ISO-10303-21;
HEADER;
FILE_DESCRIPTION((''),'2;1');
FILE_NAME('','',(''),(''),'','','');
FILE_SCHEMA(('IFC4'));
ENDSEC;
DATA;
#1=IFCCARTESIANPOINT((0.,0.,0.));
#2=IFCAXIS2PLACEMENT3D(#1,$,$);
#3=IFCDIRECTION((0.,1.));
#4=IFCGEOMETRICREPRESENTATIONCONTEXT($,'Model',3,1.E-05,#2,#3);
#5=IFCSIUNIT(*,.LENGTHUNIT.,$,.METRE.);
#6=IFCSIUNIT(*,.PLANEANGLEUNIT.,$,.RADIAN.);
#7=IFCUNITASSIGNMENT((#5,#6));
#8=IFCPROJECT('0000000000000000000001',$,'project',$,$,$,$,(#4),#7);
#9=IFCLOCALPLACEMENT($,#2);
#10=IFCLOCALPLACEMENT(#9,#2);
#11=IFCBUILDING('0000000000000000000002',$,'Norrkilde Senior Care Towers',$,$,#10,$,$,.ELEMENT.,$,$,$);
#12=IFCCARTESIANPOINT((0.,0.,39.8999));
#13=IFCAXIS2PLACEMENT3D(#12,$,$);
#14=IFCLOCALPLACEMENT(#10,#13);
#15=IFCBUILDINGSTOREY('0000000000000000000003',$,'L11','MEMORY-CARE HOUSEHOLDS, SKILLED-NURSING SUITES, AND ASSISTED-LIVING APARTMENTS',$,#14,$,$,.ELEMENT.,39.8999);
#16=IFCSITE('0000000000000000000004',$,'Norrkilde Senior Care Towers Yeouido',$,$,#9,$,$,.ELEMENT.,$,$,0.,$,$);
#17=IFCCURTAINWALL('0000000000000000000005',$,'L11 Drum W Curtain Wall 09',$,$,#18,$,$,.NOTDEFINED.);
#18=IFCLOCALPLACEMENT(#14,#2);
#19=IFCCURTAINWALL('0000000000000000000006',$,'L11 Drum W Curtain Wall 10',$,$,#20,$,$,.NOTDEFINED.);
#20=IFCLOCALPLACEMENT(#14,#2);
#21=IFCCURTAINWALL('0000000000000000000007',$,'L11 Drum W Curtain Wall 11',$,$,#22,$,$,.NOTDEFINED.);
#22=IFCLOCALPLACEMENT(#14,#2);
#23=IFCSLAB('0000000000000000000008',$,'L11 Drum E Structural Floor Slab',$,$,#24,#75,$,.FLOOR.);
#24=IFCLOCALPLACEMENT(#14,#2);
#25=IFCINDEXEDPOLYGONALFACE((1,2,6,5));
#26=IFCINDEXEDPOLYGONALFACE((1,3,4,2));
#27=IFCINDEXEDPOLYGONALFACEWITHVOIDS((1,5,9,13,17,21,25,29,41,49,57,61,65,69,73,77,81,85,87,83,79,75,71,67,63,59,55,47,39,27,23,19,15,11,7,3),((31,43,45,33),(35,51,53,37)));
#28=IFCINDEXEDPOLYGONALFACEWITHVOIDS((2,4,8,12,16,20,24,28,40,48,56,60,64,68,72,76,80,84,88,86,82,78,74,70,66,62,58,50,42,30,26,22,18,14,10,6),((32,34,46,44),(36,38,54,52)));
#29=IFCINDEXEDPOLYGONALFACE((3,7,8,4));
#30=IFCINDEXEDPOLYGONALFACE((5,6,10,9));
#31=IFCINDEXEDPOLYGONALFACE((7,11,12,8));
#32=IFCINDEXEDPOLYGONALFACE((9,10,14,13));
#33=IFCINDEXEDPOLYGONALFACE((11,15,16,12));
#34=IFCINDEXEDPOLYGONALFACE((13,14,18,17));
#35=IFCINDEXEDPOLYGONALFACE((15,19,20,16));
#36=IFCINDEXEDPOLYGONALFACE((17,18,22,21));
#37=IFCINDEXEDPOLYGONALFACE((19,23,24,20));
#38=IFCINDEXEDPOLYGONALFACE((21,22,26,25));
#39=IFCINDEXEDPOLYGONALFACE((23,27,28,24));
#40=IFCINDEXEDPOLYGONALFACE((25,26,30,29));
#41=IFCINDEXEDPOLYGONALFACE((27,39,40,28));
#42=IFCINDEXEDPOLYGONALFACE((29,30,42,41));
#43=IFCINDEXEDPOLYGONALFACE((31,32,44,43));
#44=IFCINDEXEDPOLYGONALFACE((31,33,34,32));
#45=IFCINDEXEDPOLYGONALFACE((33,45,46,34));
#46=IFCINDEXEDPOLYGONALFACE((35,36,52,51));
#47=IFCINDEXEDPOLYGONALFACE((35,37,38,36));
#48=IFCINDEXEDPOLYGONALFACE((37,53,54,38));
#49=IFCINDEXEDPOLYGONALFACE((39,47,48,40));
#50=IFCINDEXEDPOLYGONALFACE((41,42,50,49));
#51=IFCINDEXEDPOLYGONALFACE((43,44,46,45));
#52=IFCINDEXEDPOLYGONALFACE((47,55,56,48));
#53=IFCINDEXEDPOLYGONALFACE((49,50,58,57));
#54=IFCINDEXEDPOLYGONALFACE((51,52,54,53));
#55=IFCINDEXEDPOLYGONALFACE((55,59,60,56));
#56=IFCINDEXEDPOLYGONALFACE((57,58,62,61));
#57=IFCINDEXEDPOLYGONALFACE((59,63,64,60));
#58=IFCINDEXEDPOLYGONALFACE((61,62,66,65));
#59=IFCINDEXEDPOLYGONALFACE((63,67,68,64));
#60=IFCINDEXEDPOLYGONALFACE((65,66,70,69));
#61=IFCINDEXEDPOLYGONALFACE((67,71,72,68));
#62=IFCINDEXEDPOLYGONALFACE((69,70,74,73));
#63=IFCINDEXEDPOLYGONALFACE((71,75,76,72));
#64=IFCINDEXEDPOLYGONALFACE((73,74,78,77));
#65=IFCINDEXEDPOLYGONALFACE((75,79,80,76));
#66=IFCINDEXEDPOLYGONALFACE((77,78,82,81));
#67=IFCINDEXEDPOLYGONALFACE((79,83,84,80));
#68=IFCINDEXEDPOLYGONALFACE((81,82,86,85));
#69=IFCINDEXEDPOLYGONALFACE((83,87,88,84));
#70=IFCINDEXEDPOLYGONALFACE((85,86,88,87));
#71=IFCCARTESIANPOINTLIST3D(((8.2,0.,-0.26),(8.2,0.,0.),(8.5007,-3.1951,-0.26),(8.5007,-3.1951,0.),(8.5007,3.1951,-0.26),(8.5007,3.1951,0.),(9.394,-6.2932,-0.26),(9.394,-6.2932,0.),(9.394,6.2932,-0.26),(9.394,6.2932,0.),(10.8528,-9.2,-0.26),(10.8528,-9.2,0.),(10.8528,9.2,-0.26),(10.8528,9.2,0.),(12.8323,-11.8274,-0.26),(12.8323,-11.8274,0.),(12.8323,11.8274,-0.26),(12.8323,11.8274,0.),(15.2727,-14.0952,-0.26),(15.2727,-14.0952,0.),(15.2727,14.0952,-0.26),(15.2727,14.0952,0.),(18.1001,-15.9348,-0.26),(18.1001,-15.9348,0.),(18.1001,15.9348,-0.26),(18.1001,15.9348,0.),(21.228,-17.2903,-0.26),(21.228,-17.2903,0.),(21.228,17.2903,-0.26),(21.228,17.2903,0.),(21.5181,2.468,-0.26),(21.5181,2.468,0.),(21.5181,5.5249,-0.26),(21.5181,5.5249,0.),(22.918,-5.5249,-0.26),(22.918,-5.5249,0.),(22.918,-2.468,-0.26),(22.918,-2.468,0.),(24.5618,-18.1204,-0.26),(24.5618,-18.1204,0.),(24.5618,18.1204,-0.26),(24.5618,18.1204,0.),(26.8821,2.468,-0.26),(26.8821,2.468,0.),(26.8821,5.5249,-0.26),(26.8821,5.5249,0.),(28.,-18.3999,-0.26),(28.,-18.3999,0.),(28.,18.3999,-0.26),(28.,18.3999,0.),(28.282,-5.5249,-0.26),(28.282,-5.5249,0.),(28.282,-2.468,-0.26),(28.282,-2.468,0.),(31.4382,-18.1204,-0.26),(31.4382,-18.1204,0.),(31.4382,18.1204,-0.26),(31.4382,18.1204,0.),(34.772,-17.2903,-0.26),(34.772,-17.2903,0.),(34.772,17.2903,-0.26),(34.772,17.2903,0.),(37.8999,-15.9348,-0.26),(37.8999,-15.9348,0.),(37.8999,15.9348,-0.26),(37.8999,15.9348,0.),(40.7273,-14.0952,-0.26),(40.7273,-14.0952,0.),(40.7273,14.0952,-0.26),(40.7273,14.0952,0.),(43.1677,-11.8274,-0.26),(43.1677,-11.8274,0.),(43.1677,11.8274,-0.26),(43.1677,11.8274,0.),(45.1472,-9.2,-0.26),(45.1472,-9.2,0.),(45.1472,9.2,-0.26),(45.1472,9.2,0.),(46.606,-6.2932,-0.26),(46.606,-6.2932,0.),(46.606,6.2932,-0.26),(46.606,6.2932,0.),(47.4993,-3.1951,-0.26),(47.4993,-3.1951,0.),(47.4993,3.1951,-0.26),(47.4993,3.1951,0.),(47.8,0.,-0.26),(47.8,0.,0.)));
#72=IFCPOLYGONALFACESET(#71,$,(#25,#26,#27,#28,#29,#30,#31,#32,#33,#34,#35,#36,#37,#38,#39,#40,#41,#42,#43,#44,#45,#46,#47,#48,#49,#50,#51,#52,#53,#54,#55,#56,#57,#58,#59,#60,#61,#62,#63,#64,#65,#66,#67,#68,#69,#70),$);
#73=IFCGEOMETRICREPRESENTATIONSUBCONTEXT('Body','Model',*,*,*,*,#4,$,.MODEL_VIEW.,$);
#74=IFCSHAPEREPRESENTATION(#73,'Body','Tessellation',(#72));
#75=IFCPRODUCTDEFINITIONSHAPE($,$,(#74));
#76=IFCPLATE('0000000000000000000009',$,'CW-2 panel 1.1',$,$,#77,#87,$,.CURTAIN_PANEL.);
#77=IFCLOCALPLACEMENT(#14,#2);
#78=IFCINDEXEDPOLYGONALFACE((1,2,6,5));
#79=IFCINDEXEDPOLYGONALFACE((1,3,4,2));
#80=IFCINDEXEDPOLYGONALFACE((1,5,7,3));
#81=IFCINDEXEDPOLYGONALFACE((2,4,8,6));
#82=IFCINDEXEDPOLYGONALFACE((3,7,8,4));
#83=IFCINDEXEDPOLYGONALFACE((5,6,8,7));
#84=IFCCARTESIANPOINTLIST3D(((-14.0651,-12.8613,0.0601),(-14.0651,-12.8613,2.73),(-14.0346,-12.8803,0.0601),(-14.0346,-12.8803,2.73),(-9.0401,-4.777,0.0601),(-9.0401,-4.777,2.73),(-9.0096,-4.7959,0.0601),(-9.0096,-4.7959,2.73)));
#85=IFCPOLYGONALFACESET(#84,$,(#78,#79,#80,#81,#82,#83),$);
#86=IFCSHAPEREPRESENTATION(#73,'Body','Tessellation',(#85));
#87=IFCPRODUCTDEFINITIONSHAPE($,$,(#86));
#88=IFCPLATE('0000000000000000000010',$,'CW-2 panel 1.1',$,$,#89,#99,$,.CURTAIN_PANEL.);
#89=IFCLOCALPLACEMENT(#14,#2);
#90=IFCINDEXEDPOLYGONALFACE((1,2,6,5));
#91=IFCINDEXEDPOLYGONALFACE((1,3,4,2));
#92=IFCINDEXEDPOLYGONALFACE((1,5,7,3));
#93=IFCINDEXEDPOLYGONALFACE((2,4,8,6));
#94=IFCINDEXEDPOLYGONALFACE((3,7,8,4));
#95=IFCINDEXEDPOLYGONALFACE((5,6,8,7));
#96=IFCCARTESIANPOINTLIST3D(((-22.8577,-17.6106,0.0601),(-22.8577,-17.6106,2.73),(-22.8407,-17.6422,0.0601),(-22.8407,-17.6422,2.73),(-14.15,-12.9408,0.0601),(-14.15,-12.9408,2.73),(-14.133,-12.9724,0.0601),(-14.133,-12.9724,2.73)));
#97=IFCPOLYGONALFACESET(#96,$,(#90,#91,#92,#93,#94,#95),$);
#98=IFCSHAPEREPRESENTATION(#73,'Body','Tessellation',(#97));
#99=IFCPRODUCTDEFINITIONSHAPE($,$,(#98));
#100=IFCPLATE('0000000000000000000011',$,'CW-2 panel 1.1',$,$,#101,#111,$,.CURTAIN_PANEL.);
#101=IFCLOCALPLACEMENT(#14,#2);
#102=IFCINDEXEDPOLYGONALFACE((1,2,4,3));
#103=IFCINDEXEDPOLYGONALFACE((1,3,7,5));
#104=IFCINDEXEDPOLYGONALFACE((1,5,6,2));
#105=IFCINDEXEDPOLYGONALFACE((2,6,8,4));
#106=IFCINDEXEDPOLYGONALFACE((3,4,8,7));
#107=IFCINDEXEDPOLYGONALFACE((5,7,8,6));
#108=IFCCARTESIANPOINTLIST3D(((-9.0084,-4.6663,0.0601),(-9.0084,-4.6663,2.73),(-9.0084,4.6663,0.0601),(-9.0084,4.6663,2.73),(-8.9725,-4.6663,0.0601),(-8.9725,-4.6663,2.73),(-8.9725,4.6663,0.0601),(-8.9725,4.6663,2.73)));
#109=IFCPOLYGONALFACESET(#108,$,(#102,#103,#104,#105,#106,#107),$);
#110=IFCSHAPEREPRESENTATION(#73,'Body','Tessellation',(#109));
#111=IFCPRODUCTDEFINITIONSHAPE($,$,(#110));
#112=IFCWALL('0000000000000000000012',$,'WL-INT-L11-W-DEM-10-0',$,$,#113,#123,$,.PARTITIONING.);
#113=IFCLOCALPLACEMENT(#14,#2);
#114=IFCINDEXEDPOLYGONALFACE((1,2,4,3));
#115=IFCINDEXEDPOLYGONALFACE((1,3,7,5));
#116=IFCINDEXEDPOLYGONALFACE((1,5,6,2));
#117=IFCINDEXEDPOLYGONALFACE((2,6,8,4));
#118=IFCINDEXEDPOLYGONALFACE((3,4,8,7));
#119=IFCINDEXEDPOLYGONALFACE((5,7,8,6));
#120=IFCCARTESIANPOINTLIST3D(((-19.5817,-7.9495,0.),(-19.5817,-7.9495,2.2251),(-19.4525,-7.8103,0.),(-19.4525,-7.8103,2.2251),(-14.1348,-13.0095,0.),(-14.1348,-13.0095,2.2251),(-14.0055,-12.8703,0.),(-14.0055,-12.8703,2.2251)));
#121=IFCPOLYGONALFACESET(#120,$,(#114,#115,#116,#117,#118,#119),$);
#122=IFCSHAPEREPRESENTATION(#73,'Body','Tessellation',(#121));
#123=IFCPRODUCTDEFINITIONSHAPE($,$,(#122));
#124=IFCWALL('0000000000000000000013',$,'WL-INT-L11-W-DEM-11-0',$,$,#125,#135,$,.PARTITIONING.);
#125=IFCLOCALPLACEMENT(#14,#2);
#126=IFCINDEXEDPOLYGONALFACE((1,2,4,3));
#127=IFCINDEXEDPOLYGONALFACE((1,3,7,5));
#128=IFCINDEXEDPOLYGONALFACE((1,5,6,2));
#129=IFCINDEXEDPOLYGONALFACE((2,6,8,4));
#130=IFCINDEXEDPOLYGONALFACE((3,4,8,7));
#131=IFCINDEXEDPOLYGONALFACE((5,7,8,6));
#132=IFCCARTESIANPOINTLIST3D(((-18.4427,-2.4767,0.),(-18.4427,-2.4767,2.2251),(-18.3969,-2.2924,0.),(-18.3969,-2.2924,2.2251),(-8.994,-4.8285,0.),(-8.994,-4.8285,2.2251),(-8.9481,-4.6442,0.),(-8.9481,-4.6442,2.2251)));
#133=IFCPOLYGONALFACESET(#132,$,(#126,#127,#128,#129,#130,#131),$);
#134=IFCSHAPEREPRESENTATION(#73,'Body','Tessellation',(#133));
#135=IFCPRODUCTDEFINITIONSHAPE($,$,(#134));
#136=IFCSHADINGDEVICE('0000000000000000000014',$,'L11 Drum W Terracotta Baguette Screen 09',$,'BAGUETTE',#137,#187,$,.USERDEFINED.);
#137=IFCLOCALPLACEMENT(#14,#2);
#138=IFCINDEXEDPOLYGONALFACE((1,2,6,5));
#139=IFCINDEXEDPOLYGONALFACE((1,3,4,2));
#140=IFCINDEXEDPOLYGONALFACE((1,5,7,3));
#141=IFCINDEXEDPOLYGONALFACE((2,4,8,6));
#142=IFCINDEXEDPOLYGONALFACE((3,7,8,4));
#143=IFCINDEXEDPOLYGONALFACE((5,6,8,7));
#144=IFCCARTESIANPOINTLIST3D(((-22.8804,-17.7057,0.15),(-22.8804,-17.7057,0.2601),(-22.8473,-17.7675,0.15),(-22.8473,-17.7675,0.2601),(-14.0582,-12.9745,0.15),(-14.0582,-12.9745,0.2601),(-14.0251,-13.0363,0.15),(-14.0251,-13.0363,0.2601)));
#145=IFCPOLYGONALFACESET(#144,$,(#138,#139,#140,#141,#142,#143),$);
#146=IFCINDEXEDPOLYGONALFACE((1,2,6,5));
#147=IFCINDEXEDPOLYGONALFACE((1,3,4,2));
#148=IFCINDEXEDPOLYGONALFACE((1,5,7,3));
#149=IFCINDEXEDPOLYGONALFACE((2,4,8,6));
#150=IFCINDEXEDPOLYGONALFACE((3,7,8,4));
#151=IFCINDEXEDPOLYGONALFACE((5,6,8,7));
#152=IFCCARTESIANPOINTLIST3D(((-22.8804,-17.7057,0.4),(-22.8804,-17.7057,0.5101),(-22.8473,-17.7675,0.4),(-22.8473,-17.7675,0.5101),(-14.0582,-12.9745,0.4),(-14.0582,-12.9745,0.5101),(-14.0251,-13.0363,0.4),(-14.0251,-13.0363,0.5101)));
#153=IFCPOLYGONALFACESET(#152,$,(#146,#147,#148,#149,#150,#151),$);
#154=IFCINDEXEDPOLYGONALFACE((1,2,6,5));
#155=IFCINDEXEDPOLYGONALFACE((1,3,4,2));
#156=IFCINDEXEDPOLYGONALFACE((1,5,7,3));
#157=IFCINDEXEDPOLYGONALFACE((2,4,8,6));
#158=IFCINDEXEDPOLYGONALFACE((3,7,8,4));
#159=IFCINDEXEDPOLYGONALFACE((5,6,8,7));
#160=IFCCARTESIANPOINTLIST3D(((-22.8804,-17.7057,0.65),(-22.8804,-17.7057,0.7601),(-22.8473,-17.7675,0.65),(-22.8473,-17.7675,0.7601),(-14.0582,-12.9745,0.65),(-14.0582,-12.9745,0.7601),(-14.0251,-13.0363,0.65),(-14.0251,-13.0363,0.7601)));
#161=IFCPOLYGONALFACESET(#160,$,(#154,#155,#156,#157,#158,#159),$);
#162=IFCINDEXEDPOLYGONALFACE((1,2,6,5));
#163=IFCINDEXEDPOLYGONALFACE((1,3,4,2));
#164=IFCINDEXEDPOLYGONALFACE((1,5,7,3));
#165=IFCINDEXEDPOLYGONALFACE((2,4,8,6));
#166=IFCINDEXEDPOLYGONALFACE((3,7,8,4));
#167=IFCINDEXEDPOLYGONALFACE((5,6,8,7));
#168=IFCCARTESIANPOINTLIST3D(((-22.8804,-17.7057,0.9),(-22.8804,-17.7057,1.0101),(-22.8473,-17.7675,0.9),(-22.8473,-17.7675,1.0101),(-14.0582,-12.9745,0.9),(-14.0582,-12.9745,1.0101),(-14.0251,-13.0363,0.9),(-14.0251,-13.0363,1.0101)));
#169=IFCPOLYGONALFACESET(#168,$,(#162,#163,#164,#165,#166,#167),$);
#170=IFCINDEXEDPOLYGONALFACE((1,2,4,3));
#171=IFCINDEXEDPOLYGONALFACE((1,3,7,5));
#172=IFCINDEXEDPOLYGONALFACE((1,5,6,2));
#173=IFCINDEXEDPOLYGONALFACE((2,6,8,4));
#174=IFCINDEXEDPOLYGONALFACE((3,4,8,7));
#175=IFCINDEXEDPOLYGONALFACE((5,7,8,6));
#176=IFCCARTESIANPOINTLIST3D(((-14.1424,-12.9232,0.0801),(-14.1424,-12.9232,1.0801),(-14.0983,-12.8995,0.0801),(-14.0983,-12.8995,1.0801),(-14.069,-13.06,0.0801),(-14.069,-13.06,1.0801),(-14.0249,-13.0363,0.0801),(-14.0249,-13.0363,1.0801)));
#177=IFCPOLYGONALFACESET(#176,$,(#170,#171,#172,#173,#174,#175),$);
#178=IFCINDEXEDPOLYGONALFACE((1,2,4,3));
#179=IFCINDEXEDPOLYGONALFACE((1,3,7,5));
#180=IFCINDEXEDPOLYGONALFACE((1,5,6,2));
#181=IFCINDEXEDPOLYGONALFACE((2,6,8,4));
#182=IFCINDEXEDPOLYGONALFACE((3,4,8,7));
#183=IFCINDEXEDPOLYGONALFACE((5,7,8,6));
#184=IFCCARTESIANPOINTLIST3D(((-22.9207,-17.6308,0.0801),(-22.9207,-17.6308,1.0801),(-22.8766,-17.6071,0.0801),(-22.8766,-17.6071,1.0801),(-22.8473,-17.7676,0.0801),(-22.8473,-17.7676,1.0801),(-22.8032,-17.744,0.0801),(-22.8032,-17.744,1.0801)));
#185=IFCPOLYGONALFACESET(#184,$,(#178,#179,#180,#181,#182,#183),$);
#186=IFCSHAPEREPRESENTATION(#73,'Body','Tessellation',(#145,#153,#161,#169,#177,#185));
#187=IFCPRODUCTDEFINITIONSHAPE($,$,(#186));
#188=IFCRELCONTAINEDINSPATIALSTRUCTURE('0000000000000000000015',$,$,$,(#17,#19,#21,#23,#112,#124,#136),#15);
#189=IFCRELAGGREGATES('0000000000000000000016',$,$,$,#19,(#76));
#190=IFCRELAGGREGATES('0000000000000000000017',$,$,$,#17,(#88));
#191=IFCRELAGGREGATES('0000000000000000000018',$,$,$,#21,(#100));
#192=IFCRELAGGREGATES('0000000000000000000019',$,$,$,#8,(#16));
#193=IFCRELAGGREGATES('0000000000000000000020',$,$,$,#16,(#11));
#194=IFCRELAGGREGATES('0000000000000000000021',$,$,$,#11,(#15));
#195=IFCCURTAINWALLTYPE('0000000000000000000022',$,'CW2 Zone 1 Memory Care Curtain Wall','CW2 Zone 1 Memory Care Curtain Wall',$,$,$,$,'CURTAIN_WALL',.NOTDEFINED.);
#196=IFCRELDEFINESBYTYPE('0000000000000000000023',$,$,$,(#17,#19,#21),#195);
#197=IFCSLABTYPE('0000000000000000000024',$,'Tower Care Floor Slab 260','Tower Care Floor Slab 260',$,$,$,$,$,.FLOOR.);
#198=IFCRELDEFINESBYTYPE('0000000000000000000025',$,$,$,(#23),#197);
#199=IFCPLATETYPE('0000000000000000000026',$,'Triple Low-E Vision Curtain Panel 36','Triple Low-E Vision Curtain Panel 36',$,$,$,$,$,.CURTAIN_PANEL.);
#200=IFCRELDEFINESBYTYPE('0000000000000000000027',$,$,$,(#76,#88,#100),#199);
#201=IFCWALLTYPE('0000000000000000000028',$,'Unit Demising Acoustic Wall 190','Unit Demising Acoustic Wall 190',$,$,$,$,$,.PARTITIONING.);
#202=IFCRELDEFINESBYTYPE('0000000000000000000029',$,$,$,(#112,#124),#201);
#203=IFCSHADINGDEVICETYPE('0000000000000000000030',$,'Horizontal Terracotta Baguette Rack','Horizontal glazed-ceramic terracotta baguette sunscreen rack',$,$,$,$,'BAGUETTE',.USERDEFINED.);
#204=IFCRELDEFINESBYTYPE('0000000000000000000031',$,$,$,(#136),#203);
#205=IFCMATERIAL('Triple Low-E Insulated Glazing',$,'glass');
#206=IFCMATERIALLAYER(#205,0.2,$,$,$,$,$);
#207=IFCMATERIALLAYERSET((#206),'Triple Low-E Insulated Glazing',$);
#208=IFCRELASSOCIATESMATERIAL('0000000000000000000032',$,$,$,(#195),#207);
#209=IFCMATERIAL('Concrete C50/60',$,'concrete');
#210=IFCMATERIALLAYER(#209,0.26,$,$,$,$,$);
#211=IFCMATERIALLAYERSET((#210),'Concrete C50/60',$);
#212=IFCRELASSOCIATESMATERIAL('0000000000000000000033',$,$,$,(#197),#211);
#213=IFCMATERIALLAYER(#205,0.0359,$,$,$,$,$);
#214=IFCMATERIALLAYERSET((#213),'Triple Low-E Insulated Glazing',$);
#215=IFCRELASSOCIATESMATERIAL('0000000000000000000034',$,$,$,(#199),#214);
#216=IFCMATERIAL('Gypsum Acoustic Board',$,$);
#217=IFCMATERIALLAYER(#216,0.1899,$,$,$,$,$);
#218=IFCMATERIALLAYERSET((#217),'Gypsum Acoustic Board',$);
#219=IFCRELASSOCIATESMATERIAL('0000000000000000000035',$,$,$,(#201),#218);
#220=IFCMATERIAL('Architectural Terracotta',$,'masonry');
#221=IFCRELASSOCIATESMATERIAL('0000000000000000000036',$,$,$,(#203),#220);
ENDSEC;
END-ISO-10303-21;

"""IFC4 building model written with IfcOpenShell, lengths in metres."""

from ifc_helpers import new_model, si_unit, direction, frame, frame_2d, origin, origin_2d, place, context, subcontext, project, spatial, polyline, rectangle, outline, extrude, source, transform, mapped, material, layer, layer_set, type_object, type_shapes, element, aggregate, save


model = new_model("IFC4")

# Units and contexts
model_context = context("Model", 3, precision=1e-05, world=origin(), true_north=direction((0.0, 1.0)))
body_context = subcontext(model_context, "Body", "Model", "MODEL_VIEW")
ifc_project = project(units=[si_unit("LENGTHUNIT", "METRE"), si_unit("PLANEANGLEUNIT", "RADIAN")], contexts=[model_context])

# Site, building, storey
site_placement = place(None, origin())
site = spatial("IfcSite", under=ifc_project, at=site_placement, Name="Norrkilde Senior Care Towers Yeouido", CompositionType="ELEMENT", RefElevation=0.0)
building_placement = place(site_placement, origin())
building = spatial("IfcBuilding", under=site, at=building_placement, Name="Norrkilde Senior Care Towers", CompositionType="ELEMENT")
storey_placement = place(building_placement, frame((0.0, 0.0, 39.8999)))
storey = spatial("IfcBuildingStorey", under=building, at=storey_placement, Name="L11", Description="MEMORY-CARE HOUSEHOLDS, SKILLED-NURSING SUITES, AND ASSISTED-LIVING APARTMENTS", CompositionType="ELEMENT", Elevation=39.8999)

# Curtain wall
ifc_material_1 = material(Name="Triple Low-E Insulated Glazing", Category="glass")
ifc_layer_1 = layer(ifc_material_1, 0.2)
ifc_layer_set_1 = layer_set([ifc_layer_1], Name="Triple Low-E Insulated Glazing")
curtain_wall_type = type_object("IfcCurtainWallType", Name="CW2 Zone 1 Memory Care Curtain Wall", Description="CW2 Zone 1 Memory Care Curtain Wall", ElementType="CURTAIN_WALL", PredefinedType="NOTDEFINED", material=ifc_layer_set_1)
curtain_wall_1_placement = place(storey_placement, origin())
curtain_wall_1 = element("IfcCurtainWall", 1, at=curtain_wall_1_placement, inside=storey, type_object=curtain_wall_type, Name="L11 Drum W Curtain Wall 09", PredefinedType="NOTDEFINED")

# Curtain wall
curtain_wall_2_placement = place(storey_placement, origin())
curtain_wall_2 = element("IfcCurtainWall", 2, at=curtain_wall_2_placement, inside=storey, type_object=curtain_wall_type, Name="L11 Drum W Curtain Wall 10", PredefinedType="NOTDEFINED")

# Curtain wall
curtain_wall_3_placement = place(storey_placement, origin())
curtain_wall_3 = element("IfcCurtainWall", 3, at=curtain_wall_3_placement, inside=storey, type_object=curtain_wall_type, Name="L11 Drum W Curtain Wall 11", PredefinedType="NOTDEFINED")

# Slab
ifc_material_2 = material(Name="Concrete C50/60", Category="concrete")
ifc_layer_2 = layer(ifc_material_2, 0.26)
ifc_layer_set_2 = layer_set([ifc_layer_2], Name="Concrete C50/60")
slab_type_1 = type_object("IfcSlabType", Name="Tower Care Floor Slab 260", Description="Tower Care Floor Slab 260", PredefinedType="FLOOR", material=ifc_layer_set_2)
slab_1_placement = place(storey_placement, frame((0.0, 0.0, -0.26)))
element("IfcSlab", 4, at=slab_1_placement, inside=storey, type_object=slab_type_1, Name="L11 Drum E Structural Floor Slab", PredefinedType="FLOOR", context=body_context, shape_type="SweptSolid", body=[
    extrude(outline(polyline([(46.606, -6.2932), (45.1472, -9.2), (43.1677, -11.8274), (40.7273, -14.0952), (37.8999, -15.9348), (34.772, -17.2903), (31.4382, -18.1204), (28.0, -18.3999), (24.5618, -18.1204), (21.228, -17.2903), (18.1001, -15.9348), (15.2727, -14.0952), (12.8323, -11.8274), (10.8528, -9.2), (9.394, -6.2932), (8.5007, -3.1951), (8.2, 0.0), (8.5007, 3.1951), (9.394, 6.2932), (10.8528, 9.2), (12.8323, 11.8274), (15.2727, 14.0952), (18.1001, 15.9348), (21.228, 17.2903), (24.5618, 18.1204), (28.0, 18.3999), (31.4382, 18.1204), (34.772, 17.2903), (37.8999, 15.9348), (40.7273, 14.0952), (43.1677, 11.8274), (45.1472, 9.2), (46.606, 6.2932), (47.4993, 3.1951), (47.8, 0.0), (47.4993, -3.1951), (46.606, -6.2932)]), holes=[polyline([(21.5181, 2.468), (26.8821, 2.468), (26.8821, 5.5249), (21.5181, 5.5249), (21.5181, 2.468)]), polyline([(28.282, -5.5249), (28.282, -2.468), (22.918, -2.468), (22.918, -5.5249), (28.282, -5.5249)])]), origin(), (0.0, 0.0, 1.0), 0.26),
])

# Plates
ifc_layer_3 = layer(ifc_material_1, 0.0359)
ifc_layer_set_3 = layer_set([ifc_layer_3], Name="Triple Low-E Insulated Glazing")
plate_type = type_object("IfcPlateType", Name="Triple Low-E Vision Curtain Panel 36", Description="Triple Low-E Vision Curtain Panel 36", PredefinedType="CURTAIN_PANEL", material=ifc_layer_set_3)
shared_shape_1 = source(origin(), body_context, "Body", "SweptSolid", [
    extrude(rectangle(XDim=9.5188, YDim=0.0359, at=origin_2d()), origin(), (0.0, 0.0, 1.0), 2.6699),
])
plate_1_placement = place(storey_placement, frame((-11.5374, -8.8286, 0.0601), z_axis=(0.0, 0.0, 1.0), x_axis=(-0.527901, -0.849306, 0.0)))
plate_1 = element("IfcPlate", 5, at=plate_1_placement, type_object=plate_type, Name="CW-2 panel 1.1", PredefinedType="CURTAIN_PANEL", context=body_context, shape_type="MappedRepresentation", body=[
    mapped(shared_shape_1, transform((0.0, 0.0, 0.0), x_axis=(1.0, 0.0, 0.0), y_axis=(0.0, 1.0, 0.0), z_axis=(0.0, 0.0, 1.0), scale=1.0)),
])
aggregate(curtain_wall_2, [plate_1])
shared_shape_2 = source(origin(), body_context, "Body", "SweptSolid", [
    extrude(rectangle(XDim=9.8809, YDim=0.0359, at=origin_2d()), origin(), (0.0, 0.0, 1.0), 2.6699),
])
plate_2_placement = place(storey_placement, frame((-18.4954, -15.2915, 0.0601), z_axis=(0.0, 0.0, 1.0), x_axis=(-0.881273, -0.472608, 0.0)))
plate_2 = element("IfcPlate", 6, at=plate_2_placement, type_object=plate_type, Name="CW-2 panel 1.1", PredefinedType="CURTAIN_PANEL", context=body_context, shape_type="MappedRepresentation", body=[
    mapped(shared_shape_2, transform((0.0, 0.0, 0.0), x_axis=(1.0, 0.0, 0.0), y_axis=(0.0, 1.0, 0.0), z_axis=(0.0, 0.0, 1.0), scale=1.0)),
])
aggregate(curtain_wall_1, [plate_2])
shared_shape_3 = source(origin(), body_context, "Body", "SweptSolid", [
    extrude(rectangle(XDim=9.3325, YDim=0.0359, at=origin_2d()), origin(), (0.0, 0.0, 1.0), 2.6699),
])
type_shapes(plate_type, [shared_shape_1, shared_shape_2, shared_shape_3])
plate_3_placement = place(storey_placement, frame((-8.9905, 0.0, 0.0601), z_axis=(0.0, 0.0, 1.0), x_axis=(0.0, -1.0, 0.0)))
plate_3 = element("IfcPlate", 7, at=plate_3_placement, type_object=plate_type, Name="CW-2 panel 1.1", PredefinedType="CURTAIN_PANEL", context=body_context, shape_type="MappedRepresentation", body=[
    mapped(shared_shape_3, transform((0.0, 0.0, 0.0), x_axis=(1.0, 0.0, 0.0), y_axis=(0.0, 1.0, 0.0), z_axis=(0.0, 0.0, 1.0), scale=1.0)),
])
aggregate(curtain_wall_3, [plate_3])

# Shared definitions
ifc_material_3 = material(Name="Gypsum Acoustic Board")

# Walls
ifc_layer_4 = layer(ifc_material_3, 0.1899)
ifc_layer_set_4 = layer_set([ifc_layer_4], Name="Gypsum Acoustic Board")
wall_type_1 = type_object("IfcWallType", Name="Unit Demising Acoustic Wall 190", Description="Unit Demising Acoustic Wall 190", PredefinedType="PARTITIONING", material=ifc_layer_set_4)
shared_shape_4 = source(origin(), body_context, "Body", "SweptSolid", [
    extrude(rectangle(XDim=7.4346, YDim=0.1899, at=frame_2d((3.7173, 0.0))), origin(), (0.0, 0.0, 1.0), 2.2251),
])
wall_1_placement = place(storey_placement, frame((-19.5171, -7.8799, 0.0), z_axis=(0.0, 0.0, 1.0), x_axis=(0.732652, -0.680603, 0.0)))
element("IfcWall", 8, at=wall_1_placement, inside=storey, type_object=wall_type_1, Name="WL-INT-L11-W-DEM-10-0", PredefinedType="PARTITIONING", context=body_context, shape_type="MappedRepresentation", body=[
    mapped(shared_shape_4, transform((0.0, 0.0, 0.0), x_axis=(1.0, 0.0, 0.0), y_axis=(0.0, 1.0, 0.0), z_axis=(0.0, 0.0, 1.0), scale=1.0)),
])
shared_shape_5 = source(origin(), body_context, "Body", "SweptSolid", [
    extrude(rectangle(XDim=9.7371, YDim=0.1899, at=frame_2d((4.8687, 0.0))), origin(), (0.0, 0.0, 1.0), 2.2251),
])
type_shapes(wall_type_1, [shared_shape_4, shared_shape_5])
wall_2_placement = place(storey_placement, frame((-18.4199, -2.3845, 0.0), z_axis=(0.0, 0.0, 1.0), x_axis=(0.970393, -0.241533, 0.0)))
element("IfcWall", 9, at=wall_2_placement, inside=storey, type_object=wall_type_1, Name="WL-INT-L11-W-DEM-11-0", PredefinedType="PARTITIONING", context=body_context, shape_type="MappedRepresentation", body=[
    mapped(shared_shape_5, transform((0.0, 0.0, 0.0), x_axis=(1.0, 0.0, 0.0), y_axis=(0.0, 1.0, 0.0), z_axis=(0.0, 0.0, 1.0), scale=1.0)),
])

# Shading device
ifc_material_4 = material(Name="Architectural Terracotta", Category="masonry")
shading_device_type = type_object("IfcShadingDeviceType", Name="Horizontal Terracotta Baguette Rack", Description="Horizontal glazed-ceramic terracotta baguette sunscreen rack", ElementType="BAGUETTE", PredefinedType="USERDEFINED", material=ifc_material_4)
shared_shape_6 = source(origin(), body_context, "Body", "SweptSolid", [
    extrude(rectangle(XDim=0.0701, YDim=0.1101, at=origin_2d()), frame((0.0, 0.0901, 0.125), z_axis=(1.0, 0.0, 0.0), x_axis=(0.0, 1.0, 0.0)), (0.0, 0.0, 1.0), 10.0107),
    extrude(rectangle(XDim=0.0701, YDim=0.1101, at=origin_2d()), frame((0.0, 0.0901, 0.375), z_axis=(1.0, 0.0, 0.0), x_axis=(0.0, 1.0, 0.0)), (0.0, 0.0, 1.0), 10.0107),
    extrude(rectangle(XDim=0.0701, YDim=0.1101, at=origin_2d()), frame((0.0, 0.0901, 0.625), z_axis=(1.0, 0.0, 0.0), x_axis=(0.0, 1.0, 0.0)), (0.0, 0.0, 1.0), 10.0107),
    extrude(rectangle(XDim=0.0701, YDim=0.1101, at=origin_2d()), frame((0.0, 0.0901, 0.875), z_axis=(1.0, 0.0, 0.0), x_axis=(0.0, 1.0, 0.0)), (0.0, 0.0, 1.0), 10.0107),
    extrude(rectangle(XDim=0.05, YDim=0.1553, at=origin_2d()), frame((0.0249, 0.0476, 0.0)), (0.0, 0.0, 1.0), 1.0),
    extrude(rectangle(XDim=0.05, YDim=0.1553, at=origin_2d()), frame((9.9858, 0.0476, 0.0)), (0.0, 0.0, 1.0), 1.0),
])
type_shapes(shading_device_type, [shared_shape_6])
shading_device_placement = place(storey_placement, frame((-14.0842, -12.926, 0.0801), z_axis=(0.0, 0.0, 1.0), x_axis=(-0.88128, -0.472612, 0.0)))
element("IfcShadingDevice", 10, at=shading_device_placement, inside=storey, type_object=shading_device_type, Name="L11 Drum W Terracotta Baguette Screen 09", ObjectType="BAGUETTE", PredefinedType="USERDEFINED", context=body_context, shape_type="MappedRepresentation", body=[
    mapped(shared_shape_6, transform((0.0, 0.0, 0.0), x_axis=(1.0, 0.0, 0.0), y_axis=(0.0, 1.0, 0.0), z_axis=(0.0, 0.0, 1.0), scale=1.0)),
])

save(model, "model.ifc")
